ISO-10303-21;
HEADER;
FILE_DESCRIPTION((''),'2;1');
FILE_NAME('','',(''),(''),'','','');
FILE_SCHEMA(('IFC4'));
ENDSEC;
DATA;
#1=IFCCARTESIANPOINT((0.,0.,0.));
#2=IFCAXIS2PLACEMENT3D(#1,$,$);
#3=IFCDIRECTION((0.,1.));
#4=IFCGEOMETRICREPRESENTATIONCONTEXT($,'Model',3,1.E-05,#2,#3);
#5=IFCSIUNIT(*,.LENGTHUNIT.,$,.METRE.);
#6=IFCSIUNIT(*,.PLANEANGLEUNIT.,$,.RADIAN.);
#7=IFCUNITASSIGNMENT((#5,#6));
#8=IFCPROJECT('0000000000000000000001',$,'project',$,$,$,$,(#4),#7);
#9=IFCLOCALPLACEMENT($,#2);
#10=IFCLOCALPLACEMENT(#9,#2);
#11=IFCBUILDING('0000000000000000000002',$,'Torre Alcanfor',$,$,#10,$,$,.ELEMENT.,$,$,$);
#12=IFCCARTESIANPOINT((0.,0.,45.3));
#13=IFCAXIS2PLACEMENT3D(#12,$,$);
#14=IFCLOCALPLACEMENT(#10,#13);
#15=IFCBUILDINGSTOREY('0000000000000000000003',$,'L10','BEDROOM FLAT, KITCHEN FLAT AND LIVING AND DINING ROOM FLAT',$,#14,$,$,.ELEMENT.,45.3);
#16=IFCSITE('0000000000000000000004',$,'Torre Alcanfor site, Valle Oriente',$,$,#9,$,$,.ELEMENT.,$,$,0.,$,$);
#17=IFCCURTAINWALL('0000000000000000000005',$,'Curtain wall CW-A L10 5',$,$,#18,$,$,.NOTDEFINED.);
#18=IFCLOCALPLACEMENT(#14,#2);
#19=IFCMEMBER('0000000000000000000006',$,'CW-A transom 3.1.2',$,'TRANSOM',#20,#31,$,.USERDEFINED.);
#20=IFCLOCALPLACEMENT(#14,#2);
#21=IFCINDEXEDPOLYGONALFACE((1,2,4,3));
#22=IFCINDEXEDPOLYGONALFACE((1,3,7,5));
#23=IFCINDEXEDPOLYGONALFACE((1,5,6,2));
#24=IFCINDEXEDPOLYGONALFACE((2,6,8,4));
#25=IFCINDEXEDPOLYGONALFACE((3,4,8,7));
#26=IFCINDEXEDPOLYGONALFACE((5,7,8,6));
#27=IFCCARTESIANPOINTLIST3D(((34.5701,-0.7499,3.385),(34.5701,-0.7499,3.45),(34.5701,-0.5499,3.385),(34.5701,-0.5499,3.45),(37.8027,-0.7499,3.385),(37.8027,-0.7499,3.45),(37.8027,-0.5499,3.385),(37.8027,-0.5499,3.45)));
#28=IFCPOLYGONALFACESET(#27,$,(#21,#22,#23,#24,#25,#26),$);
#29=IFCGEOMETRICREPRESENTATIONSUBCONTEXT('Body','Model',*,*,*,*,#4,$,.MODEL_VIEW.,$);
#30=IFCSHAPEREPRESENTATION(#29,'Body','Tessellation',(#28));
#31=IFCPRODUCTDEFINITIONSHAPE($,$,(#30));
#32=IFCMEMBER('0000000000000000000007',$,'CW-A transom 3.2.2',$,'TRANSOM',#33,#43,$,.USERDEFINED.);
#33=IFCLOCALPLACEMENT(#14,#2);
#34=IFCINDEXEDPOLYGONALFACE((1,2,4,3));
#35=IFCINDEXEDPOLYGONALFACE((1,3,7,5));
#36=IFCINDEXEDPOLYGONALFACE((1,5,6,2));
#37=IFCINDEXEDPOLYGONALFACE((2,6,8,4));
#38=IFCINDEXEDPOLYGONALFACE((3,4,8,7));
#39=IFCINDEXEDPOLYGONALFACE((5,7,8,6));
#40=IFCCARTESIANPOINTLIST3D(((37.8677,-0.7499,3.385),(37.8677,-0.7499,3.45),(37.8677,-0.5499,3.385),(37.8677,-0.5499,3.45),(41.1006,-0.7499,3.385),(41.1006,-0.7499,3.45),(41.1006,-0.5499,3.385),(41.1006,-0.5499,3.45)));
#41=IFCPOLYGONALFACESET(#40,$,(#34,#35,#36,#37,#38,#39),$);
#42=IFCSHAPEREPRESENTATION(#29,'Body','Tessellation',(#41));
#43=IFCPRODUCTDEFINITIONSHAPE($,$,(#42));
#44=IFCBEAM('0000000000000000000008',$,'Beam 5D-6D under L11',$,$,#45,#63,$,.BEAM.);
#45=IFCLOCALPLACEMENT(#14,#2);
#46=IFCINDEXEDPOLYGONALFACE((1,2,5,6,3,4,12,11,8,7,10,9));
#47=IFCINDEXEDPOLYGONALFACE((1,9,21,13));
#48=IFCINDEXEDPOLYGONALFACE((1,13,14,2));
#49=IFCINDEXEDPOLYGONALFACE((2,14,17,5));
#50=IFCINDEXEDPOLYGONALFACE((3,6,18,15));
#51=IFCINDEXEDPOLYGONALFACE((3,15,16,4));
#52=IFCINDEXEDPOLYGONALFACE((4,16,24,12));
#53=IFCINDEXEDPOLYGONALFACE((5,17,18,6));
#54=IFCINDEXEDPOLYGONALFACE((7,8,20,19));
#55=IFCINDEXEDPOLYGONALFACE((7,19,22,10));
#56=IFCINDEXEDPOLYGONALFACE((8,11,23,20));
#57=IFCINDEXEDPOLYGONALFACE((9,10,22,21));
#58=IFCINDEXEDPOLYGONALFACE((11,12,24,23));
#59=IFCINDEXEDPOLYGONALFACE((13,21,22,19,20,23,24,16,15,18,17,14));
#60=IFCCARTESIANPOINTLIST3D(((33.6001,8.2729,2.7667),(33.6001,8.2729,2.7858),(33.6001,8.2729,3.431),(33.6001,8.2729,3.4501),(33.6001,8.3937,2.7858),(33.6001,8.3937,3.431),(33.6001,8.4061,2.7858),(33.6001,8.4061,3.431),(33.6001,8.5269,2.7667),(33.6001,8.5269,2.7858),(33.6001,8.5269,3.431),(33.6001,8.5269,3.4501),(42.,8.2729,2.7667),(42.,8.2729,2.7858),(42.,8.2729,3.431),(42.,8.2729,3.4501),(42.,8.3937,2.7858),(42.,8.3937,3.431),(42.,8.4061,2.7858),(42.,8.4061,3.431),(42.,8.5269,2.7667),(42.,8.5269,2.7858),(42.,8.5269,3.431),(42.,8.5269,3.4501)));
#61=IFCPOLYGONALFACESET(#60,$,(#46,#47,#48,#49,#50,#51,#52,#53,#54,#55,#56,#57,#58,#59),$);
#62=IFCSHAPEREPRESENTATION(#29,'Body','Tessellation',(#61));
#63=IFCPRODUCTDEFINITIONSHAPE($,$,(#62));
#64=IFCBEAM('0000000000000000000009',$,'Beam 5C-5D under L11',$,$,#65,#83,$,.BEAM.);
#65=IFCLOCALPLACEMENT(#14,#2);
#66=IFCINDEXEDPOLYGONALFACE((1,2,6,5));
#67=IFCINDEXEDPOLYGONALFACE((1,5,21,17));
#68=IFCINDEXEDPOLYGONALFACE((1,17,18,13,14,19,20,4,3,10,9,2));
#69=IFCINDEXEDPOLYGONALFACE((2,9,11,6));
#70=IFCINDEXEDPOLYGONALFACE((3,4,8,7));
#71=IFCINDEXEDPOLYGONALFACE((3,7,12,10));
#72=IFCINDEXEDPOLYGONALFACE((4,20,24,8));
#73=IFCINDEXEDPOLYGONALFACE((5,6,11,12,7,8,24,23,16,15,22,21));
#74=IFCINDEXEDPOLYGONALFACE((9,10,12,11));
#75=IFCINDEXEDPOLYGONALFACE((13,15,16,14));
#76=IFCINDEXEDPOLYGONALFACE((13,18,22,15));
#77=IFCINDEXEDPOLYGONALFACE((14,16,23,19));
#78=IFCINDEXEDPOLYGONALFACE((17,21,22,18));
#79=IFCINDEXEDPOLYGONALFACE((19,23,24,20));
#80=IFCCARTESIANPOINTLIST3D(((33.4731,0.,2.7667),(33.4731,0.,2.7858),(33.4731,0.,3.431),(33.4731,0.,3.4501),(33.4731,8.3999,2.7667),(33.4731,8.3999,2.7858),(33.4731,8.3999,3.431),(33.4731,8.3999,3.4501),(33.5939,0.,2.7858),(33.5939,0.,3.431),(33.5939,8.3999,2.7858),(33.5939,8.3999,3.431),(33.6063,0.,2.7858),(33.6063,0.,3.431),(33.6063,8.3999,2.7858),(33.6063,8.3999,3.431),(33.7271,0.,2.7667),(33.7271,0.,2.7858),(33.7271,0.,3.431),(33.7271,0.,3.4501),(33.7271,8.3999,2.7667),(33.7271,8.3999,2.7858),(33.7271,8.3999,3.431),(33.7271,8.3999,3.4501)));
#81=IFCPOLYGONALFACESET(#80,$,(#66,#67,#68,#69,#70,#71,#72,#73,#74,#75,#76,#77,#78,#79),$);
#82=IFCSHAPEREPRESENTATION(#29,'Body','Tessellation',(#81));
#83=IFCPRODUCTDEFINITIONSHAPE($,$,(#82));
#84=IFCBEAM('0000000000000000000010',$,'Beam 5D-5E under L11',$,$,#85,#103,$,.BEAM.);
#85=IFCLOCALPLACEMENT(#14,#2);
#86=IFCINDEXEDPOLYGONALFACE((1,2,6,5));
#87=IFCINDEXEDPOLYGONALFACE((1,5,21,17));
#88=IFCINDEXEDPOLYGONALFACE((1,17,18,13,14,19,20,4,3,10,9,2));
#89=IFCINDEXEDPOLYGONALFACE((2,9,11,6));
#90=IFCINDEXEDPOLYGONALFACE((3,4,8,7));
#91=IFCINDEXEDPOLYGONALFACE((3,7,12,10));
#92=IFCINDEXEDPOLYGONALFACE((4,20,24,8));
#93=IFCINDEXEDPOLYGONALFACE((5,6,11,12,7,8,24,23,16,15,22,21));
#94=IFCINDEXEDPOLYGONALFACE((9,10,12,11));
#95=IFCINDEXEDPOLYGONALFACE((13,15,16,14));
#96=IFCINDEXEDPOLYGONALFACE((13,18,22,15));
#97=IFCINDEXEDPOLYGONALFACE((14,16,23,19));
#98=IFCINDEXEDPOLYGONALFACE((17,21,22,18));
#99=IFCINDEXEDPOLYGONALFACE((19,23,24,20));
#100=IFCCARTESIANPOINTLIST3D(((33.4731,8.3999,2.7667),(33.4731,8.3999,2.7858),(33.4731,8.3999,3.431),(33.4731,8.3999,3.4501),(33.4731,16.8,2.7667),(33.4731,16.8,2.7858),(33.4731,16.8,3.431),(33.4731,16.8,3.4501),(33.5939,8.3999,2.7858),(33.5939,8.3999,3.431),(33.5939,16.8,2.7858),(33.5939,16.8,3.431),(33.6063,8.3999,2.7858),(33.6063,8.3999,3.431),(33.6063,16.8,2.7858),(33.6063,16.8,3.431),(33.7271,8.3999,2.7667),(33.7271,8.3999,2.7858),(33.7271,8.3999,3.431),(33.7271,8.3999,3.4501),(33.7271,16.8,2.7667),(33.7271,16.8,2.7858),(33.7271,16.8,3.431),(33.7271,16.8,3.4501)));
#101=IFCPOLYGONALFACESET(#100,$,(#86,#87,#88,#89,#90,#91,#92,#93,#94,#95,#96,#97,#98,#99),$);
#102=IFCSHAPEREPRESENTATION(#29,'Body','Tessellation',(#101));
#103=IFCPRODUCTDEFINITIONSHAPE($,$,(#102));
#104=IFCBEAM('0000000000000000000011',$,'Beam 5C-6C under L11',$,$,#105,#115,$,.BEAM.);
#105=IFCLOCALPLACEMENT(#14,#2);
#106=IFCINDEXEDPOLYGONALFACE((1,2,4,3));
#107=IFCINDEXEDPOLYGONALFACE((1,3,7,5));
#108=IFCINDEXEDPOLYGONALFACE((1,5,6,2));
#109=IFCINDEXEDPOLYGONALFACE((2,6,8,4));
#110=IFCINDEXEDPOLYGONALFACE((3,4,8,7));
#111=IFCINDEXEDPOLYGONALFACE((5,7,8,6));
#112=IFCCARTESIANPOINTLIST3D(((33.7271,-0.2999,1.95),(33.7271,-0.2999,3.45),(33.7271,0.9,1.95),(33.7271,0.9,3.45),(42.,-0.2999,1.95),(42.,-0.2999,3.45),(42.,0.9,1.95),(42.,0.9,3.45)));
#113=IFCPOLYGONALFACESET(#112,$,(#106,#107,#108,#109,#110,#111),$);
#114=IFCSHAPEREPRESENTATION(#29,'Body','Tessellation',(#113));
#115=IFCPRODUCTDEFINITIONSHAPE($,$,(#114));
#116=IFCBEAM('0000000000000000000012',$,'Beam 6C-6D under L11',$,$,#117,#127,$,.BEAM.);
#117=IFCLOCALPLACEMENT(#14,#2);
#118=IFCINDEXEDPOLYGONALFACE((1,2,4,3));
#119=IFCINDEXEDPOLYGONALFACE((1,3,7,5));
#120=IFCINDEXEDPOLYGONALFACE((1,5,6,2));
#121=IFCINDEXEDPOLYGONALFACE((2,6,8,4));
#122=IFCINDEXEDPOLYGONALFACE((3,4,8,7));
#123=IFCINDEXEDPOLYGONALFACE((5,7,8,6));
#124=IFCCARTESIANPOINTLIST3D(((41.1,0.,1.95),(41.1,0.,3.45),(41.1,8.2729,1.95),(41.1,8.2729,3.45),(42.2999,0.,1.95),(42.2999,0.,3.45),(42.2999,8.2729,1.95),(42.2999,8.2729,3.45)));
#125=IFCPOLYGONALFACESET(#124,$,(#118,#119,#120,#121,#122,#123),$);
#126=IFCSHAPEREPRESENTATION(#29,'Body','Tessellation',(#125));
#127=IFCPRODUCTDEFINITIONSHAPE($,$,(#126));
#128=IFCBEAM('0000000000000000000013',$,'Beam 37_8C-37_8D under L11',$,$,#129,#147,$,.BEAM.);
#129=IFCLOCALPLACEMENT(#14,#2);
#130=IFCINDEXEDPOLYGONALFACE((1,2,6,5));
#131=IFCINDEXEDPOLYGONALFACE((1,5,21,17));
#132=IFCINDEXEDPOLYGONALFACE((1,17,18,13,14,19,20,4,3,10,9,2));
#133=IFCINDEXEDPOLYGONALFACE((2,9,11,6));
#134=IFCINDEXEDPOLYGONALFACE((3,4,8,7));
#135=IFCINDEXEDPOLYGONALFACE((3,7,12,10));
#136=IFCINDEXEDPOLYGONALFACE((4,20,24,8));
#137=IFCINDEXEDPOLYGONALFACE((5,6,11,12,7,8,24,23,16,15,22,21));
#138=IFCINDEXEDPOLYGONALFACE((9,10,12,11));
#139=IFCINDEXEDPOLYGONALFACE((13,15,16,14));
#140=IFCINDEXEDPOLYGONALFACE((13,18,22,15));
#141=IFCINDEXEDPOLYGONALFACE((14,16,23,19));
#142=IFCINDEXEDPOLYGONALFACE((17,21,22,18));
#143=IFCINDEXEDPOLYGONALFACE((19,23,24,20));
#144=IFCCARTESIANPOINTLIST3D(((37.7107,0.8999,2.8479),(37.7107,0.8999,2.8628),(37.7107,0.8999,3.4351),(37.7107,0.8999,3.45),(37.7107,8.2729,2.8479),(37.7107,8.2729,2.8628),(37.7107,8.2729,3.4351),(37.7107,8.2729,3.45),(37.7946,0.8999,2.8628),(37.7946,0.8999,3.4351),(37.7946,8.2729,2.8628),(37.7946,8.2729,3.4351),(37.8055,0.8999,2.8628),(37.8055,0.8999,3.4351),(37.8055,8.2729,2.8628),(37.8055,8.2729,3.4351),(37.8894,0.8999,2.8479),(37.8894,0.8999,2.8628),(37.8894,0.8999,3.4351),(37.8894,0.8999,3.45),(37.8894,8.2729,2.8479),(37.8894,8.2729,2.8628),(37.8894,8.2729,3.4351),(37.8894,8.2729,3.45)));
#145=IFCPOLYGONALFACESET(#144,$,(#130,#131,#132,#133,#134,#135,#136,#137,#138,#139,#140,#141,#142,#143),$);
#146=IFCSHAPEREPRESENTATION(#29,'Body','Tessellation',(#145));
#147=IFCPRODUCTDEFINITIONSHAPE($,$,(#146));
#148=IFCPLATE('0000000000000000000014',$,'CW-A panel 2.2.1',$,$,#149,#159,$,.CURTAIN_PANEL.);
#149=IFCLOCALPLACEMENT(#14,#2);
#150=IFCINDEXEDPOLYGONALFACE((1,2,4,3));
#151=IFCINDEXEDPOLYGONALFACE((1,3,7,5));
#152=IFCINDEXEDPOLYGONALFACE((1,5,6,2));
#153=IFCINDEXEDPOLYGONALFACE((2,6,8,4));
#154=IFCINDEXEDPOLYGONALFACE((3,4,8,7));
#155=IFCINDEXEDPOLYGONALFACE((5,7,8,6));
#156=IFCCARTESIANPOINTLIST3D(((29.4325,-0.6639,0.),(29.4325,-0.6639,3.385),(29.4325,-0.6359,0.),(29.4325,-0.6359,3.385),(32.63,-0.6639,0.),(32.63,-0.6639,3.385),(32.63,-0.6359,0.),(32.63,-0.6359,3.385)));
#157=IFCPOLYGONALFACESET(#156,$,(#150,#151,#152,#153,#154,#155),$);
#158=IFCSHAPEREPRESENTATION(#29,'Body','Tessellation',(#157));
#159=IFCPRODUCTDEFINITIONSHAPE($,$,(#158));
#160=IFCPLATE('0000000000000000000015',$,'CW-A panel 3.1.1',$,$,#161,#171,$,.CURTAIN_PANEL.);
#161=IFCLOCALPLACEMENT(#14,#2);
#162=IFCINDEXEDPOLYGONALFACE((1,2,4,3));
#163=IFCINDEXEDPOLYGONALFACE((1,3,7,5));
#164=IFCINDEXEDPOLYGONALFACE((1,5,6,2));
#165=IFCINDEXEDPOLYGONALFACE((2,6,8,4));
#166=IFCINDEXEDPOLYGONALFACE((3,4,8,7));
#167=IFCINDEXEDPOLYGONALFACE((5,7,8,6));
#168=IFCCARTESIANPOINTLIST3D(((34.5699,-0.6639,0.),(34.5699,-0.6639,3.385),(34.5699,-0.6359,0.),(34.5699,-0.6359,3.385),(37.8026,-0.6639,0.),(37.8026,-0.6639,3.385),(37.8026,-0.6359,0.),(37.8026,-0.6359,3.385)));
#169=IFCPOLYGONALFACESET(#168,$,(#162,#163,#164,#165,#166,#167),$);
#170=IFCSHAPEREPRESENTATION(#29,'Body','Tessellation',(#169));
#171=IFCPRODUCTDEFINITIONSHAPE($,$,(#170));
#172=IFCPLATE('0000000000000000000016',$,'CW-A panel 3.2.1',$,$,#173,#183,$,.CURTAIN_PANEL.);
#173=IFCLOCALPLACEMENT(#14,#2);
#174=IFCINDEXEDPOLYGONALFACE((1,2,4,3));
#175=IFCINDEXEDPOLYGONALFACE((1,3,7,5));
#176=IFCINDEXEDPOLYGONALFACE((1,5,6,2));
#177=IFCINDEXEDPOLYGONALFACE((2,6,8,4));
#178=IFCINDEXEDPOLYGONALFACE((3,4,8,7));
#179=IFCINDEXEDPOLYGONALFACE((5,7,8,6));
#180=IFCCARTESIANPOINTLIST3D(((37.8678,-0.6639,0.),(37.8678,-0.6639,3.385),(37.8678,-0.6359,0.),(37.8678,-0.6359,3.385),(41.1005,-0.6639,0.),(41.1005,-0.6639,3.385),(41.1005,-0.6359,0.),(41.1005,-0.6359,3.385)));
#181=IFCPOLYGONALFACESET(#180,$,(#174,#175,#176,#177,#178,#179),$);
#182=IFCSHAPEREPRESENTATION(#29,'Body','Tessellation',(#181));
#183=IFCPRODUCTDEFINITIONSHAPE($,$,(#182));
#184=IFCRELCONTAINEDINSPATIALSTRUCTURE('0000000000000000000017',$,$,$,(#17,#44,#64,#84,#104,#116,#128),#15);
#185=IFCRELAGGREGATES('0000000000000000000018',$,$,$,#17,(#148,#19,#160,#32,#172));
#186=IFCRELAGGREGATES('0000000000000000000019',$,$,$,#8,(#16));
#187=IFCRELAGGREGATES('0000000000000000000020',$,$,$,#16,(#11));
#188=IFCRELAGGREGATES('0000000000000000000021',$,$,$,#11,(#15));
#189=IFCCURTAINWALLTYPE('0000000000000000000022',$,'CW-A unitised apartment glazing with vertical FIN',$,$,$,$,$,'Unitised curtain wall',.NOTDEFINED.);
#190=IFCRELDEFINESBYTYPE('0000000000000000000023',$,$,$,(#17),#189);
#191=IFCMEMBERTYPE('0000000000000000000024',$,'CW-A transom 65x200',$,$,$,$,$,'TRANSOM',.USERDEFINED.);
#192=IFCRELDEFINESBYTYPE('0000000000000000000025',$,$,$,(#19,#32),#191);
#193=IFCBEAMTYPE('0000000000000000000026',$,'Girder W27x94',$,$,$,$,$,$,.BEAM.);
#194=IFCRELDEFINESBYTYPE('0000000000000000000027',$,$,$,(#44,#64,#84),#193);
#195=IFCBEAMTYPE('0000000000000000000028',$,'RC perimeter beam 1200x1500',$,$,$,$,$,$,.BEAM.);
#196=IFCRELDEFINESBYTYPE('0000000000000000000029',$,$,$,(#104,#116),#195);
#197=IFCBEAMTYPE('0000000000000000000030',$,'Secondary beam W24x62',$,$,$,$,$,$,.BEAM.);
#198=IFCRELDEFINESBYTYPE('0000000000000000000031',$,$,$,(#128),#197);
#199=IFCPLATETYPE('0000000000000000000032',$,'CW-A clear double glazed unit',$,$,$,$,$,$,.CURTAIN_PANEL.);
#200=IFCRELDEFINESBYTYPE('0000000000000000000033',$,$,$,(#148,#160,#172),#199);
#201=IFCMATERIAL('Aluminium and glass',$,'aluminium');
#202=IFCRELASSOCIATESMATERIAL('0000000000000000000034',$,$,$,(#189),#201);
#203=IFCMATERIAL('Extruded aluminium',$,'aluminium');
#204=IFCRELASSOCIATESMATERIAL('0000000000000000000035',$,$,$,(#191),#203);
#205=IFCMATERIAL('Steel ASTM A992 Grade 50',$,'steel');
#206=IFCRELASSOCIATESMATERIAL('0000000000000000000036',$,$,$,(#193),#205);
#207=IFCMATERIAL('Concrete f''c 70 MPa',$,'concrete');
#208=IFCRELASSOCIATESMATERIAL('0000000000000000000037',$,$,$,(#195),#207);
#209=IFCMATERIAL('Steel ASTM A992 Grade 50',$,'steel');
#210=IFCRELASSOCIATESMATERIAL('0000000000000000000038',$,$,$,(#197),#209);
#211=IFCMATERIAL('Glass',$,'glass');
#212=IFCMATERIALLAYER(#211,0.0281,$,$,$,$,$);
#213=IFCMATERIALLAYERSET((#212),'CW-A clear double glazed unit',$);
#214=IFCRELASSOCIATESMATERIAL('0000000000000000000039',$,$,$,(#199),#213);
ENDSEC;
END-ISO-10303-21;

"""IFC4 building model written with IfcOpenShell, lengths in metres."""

from ifc_helpers import new_model, si_unit, direction, frame, origin, origin_2d, place, context, subcontext, project, spatial, rectangle, i_section, extrude, material, layer, layer_set, material_profile, profile_set, type_object, element, aggregate, save


model = new_model("IFC4")

# Units and contexts
model_context = context("Model", 3, precision=1e-05, world=origin(), true_north=direction((0.0, 1.0)))
body_context = subcontext(model_context, "Body", "Model", "MODEL_VIEW")
ifc_project = project(units=[si_unit("LENGTHUNIT", "METRE"), si_unit("PLANEANGLEUNIT", "RADIAN")], contexts=[model_context])

# Site, building, storey
site_placement = place(None, origin())
site = spatial("IfcSite", under=ifc_project, at=site_placement, Name="Torre Alcanfor site, Valle Oriente", CompositionType="ELEMENT", RefElevation=0.0)
building_placement = place(site_placement, origin())
building = spatial("IfcBuilding", under=site, at=building_placement, Name="Torre Alcanfor", CompositionType="ELEMENT")
storey_placement = place(building_placement, frame((0.0, 0.0, 45.3)))
storey = spatial("IfcBuildingStorey", under=building, at=storey_placement, Name="L10", Description="BEDROOM FLAT, KITCHEN FLAT AND LIVING AND DINING ROOM FLAT", CompositionType="ELEMENT", Elevation=45.3)

# Curtain wall, members
ifc_material_1 = material(Name="Aluminium and glass", Category="aluminium")
curtain_wall_type = type_object("IfcCurtainWallType", Name="CW-A unitised apartment glazing with vertical FIN", ElementType="Unitised curtain wall", PredefinedType="NOTDEFINED", material=ifc_material_1)
curtain_wall_placement = place(storey_placement, origin())
curtain_wall = element("IfcCurtainWall", 1, at=curtain_wall_placement, inside=storey, type_object=curtain_wall_type, Name="Curtain wall CW-A L10 5", PredefinedType="NOTDEFINED")
ifc_material_2 = material(Name="Extruded aluminium", Category="aluminium")
ifc_material_profile_1 = material_profile(ifc_material_2, rectangle(XDim=0.2, YDim=0.0649, at=origin_2d()), Name="CW-A transom 200x65")
ifc_profile_set_1 = profile_set([ifc_material_profile_1], Name="Extruded aluminium")
member_type_1 = type_object("IfcMemberType", Name="CW-A transom 65x200", ElementType="TRANSOM", PredefinedType="USERDEFINED", material=ifc_profile_set_1)
member_1_placement = place(storey_placement, frame((34.5701, -0.6499, 3.4175), z_axis=(1.0, 0.0, 0.0), x_axis=(0.0, 1.0, 0.0)))
member_1 = element("IfcMember", 2, at=member_1_placement, type_object=member_type_1, Name="CW-A transom 3.1.2", ObjectType="TRANSOM", PredefinedType="USERDEFINED", context=body_context, shape_type="SweptSolid", body=[
    extrude(rectangle(XDim=0.2, YDim=0.0649, at=origin_2d()), origin(), (0.0, 0.0, 1.0), 3.2327),
])
member_2_placement = place(storey_placement, frame((37.8677, -0.6499, 3.4175), z_axis=(1.0, 0.0, 0.0), x_axis=(0.0, 1.0, 0.0)))
member_2 = element("IfcMember", 3, at=member_2_placement, type_object=member_type_1, Name="CW-A transom 3.2.2", ObjectType="TRANSOM", PredefinedType="USERDEFINED", context=body_context, shape_type="SweptSolid", body=[
    extrude(rectangle(XDim=0.2, YDim=0.0649, at=origin_2d()), origin(), (0.0, 0.0, 1.0), 3.2329),
])

# Beams
ifc_material_3 = material(Name="Steel ASTM A992 Grade 50", Category="steel")
ifc_material_profile_2 = material_profile(ifc_material_3, i_section(OverallWidth=0.2539, OverallDepth=0.6833, WebThickness=0.0125, FlangeThickness=0.019, at=origin_2d()), Name="W27x94")
ifc_profile_set_2 = profile_set([ifc_material_profile_2], Name="Steel ASTM A992 Grade 50")
beam_type_1 = type_object("IfcBeamType", Name="Girder W27x94", PredefinedType="BEAM", material=ifc_profile_set_2)
for number, where, z_axis, x_axis, name in (
    (4, (33.6001, 8.3999, 3.1084), (1.0, 0.0, 0.0), (0.0, 1.0, 0.0), "Beam 5D-6D under L11"),
    (5, (33.6001, 0.0, 3.1084), (0.0, 1.0, 0.0), (-1.0, 0.0, 0.0), "Beam 5C-5D under L11"),
):
    element("IfcBeam", number, at=place(storey_placement, frame(where, z_axis=z_axis, x_axis=x_axis)), inside=storey, type_object=beam_type_1, Name=name, PredefinedType="BEAM", context=body_context, shape_type="SweptSolid", body=[
        extrude(i_section(OverallWidth=0.2539, OverallDepth=0.6833, WebThickness=0.0125, FlangeThickness=0.019, at=origin_2d()), origin(), (0.0, 0.0, 1.0), 8.3999),
    ])
beam_1_placement = place(storey_placement, frame((33.6001, 8.3999, 3.1084), z_axis=(0.0, 1.0, 0.0), x_axis=(-1.0, 0.0, 0.0)))
element("IfcBeam", 6, at=beam_1_placement, inside=storey, type_object=beam_type_1, Name="Beam 5D-5E under L11", PredefinedType="BEAM", context=body_context, shape_type="SweptSolid", body=[
    extrude(i_section(OverallWidth=0.2539, OverallDepth=0.6833, WebThickness=0.0125, FlangeThickness=0.019, at=origin_2d()), origin(), (0.0, 0.0, 1.0), 8.4001),
])
ifc_material_4 = material(Name="Concrete f'c 70 MPa", Category="concrete")
ifc_material_profile_3 = material_profile(ifc_material_4, rectangle(XDim=1.2, YDim=1.5, at=origin_2d()), Name="1200x1500")
ifc_profile_set_3 = profile_set([ifc_material_profile_3], Name="Concrete f'c 70 MPa")
beam_type_2 = type_object("IfcBeamType", Name="RC perimeter beam 1200x1500", PredefinedType="BEAM", material=ifc_profile_set_3)
for number, where, z_axis, x_axis, name in (
    (7, (33.7271, 0.3, 2.7), (1.0, 0.0, 0.0), (0.0, 1.0, 0.0), "Beam 5C-6C under L11"),
    (8, (41.7, 0.0, 2.7), (0.0, 1.0, 0.0), (-1.0, 0.0, 0.0), "Beam 6C-6D under L11"),
):
    element("IfcBeam", number, at=place(storey_placement, frame(where, z_axis=z_axis, x_axis=x_axis)), inside=storey, type_object=beam_type_2, Name=name, PredefinedType="BEAM", context=body_context, shape_type="SweptSolid", body=[
        extrude(rectangle(XDim=1.2, YDim=1.5, at=origin_2d()), origin(), (0.0, 0.0, 1.0), 8.2729),
    ])
ifc_material_5 = material(Name="Steel ASTM A992 Grade 50", Category="steel")
ifc_material_profile_4 = material_profile(ifc_material_5, i_section(OverallWidth=0.1787, OverallDepth=0.6021, WebThickness=0.011, FlangeThickness=0.0149, at=origin_2d()), Name="W24x62")
ifc_profile_set_4 = profile_set([ifc_material_profile_4], Name="Steel ASTM A992 Grade 50")
beam_type_3 = type_object("IfcBeamType", Name="Secondary beam W24x62", PredefinedType="BEAM", material=ifc_profile_set_4)
beam_2_placement = place(storey_placement, frame((37.8, 0.8999, 3.1489), z_axis=(0.0, 1.0, 0.0), x_axis=(-1.0, 0.0, 0.0)))
element("IfcBeam", 9, at=beam_2_placement, inside=storey, type_object=beam_type_3, Name="Beam 37_8C-37_8D under L11", PredefinedType="BEAM", context=body_context, shape_type="SweptSolid", body=[
    extrude(i_section(OverallWidth=0.1787, OverallDepth=0.6021, WebThickness=0.011, FlangeThickness=0.0149, at=origin_2d()), origin(), (0.0, 0.0, 1.0), 7.373),
])

# Plates
ifc_material_6 = material(Name="Glass", Category="glass")
ifc_layer_1 = layer(ifc_material_6, 0.0281)
ifc_layer_set_1 = layer_set([ifc_layer_1], Name="CW-A clear double glazed unit")
plate_type = type_object("IfcPlateType", Name="CW-A clear double glazed unit", PredefinedType="CURTAIN_PANEL", material=ifc_layer_set_1)
plate_1_placement = place(storey_placement, frame((31.0312, -0.6499, 0.0), z_axis=(0.0, 0.0, 1.0), x_axis=(1.0, 0.0, 0.0)))
plate_1 = element("IfcPlate", 10, at=plate_1_placement, type_object=plate_type, Name="CW-A panel 2.2.1", PredefinedType="CURTAIN_PANEL", context=body_context, shape_type="SweptSolid", body=[
    extrude(rectangle(XDim=3.1975, YDim=0.0281, at=origin_2d()), origin(), (0.0, 0.0, 1.0), 3.385),
])
plate_2_placement = place(storey_placement, frame((36.1863, -0.6499, 0.0), z_axis=(0.0, 0.0, 1.0), x_axis=(1.0, 0.0, 0.0)))
plate_2 = element("IfcPlate", 11, at=plate_2_placement, type_object=plate_type, Name="CW-A panel 3.1.1", PredefinedType="CURTAIN_PANEL", context=body_context, shape_type="SweptSolid", body=[
    extrude(rectangle(XDim=3.2327, YDim=0.0281, at=origin_2d()), origin(), (0.0, 0.0, 1.0), 3.385),
])
plate_3_placement = place(storey_placement, frame((39.4841, -0.6499, 0.0), z_axis=(0.0, 0.0, 1.0), x_axis=(1.0, 0.0, 0.0)))
plate_3 = element("IfcPlate", 12, at=plate_3_placement, type_object=plate_type, Name="CW-A panel 3.2.1", PredefinedType="CURTAIN_PANEL", context=body_context, shape_type="SweptSolid", body=[
    extrude(rectangle(XDim=3.2327, YDim=0.0281, at=origin_2d()), origin(), (0.0, 0.0, 1.0), 3.385),
])
aggregate(curtain_wall, [plate_1, member_1, plate_2, member_2, plate_3])

save(model, "model.ifc")
